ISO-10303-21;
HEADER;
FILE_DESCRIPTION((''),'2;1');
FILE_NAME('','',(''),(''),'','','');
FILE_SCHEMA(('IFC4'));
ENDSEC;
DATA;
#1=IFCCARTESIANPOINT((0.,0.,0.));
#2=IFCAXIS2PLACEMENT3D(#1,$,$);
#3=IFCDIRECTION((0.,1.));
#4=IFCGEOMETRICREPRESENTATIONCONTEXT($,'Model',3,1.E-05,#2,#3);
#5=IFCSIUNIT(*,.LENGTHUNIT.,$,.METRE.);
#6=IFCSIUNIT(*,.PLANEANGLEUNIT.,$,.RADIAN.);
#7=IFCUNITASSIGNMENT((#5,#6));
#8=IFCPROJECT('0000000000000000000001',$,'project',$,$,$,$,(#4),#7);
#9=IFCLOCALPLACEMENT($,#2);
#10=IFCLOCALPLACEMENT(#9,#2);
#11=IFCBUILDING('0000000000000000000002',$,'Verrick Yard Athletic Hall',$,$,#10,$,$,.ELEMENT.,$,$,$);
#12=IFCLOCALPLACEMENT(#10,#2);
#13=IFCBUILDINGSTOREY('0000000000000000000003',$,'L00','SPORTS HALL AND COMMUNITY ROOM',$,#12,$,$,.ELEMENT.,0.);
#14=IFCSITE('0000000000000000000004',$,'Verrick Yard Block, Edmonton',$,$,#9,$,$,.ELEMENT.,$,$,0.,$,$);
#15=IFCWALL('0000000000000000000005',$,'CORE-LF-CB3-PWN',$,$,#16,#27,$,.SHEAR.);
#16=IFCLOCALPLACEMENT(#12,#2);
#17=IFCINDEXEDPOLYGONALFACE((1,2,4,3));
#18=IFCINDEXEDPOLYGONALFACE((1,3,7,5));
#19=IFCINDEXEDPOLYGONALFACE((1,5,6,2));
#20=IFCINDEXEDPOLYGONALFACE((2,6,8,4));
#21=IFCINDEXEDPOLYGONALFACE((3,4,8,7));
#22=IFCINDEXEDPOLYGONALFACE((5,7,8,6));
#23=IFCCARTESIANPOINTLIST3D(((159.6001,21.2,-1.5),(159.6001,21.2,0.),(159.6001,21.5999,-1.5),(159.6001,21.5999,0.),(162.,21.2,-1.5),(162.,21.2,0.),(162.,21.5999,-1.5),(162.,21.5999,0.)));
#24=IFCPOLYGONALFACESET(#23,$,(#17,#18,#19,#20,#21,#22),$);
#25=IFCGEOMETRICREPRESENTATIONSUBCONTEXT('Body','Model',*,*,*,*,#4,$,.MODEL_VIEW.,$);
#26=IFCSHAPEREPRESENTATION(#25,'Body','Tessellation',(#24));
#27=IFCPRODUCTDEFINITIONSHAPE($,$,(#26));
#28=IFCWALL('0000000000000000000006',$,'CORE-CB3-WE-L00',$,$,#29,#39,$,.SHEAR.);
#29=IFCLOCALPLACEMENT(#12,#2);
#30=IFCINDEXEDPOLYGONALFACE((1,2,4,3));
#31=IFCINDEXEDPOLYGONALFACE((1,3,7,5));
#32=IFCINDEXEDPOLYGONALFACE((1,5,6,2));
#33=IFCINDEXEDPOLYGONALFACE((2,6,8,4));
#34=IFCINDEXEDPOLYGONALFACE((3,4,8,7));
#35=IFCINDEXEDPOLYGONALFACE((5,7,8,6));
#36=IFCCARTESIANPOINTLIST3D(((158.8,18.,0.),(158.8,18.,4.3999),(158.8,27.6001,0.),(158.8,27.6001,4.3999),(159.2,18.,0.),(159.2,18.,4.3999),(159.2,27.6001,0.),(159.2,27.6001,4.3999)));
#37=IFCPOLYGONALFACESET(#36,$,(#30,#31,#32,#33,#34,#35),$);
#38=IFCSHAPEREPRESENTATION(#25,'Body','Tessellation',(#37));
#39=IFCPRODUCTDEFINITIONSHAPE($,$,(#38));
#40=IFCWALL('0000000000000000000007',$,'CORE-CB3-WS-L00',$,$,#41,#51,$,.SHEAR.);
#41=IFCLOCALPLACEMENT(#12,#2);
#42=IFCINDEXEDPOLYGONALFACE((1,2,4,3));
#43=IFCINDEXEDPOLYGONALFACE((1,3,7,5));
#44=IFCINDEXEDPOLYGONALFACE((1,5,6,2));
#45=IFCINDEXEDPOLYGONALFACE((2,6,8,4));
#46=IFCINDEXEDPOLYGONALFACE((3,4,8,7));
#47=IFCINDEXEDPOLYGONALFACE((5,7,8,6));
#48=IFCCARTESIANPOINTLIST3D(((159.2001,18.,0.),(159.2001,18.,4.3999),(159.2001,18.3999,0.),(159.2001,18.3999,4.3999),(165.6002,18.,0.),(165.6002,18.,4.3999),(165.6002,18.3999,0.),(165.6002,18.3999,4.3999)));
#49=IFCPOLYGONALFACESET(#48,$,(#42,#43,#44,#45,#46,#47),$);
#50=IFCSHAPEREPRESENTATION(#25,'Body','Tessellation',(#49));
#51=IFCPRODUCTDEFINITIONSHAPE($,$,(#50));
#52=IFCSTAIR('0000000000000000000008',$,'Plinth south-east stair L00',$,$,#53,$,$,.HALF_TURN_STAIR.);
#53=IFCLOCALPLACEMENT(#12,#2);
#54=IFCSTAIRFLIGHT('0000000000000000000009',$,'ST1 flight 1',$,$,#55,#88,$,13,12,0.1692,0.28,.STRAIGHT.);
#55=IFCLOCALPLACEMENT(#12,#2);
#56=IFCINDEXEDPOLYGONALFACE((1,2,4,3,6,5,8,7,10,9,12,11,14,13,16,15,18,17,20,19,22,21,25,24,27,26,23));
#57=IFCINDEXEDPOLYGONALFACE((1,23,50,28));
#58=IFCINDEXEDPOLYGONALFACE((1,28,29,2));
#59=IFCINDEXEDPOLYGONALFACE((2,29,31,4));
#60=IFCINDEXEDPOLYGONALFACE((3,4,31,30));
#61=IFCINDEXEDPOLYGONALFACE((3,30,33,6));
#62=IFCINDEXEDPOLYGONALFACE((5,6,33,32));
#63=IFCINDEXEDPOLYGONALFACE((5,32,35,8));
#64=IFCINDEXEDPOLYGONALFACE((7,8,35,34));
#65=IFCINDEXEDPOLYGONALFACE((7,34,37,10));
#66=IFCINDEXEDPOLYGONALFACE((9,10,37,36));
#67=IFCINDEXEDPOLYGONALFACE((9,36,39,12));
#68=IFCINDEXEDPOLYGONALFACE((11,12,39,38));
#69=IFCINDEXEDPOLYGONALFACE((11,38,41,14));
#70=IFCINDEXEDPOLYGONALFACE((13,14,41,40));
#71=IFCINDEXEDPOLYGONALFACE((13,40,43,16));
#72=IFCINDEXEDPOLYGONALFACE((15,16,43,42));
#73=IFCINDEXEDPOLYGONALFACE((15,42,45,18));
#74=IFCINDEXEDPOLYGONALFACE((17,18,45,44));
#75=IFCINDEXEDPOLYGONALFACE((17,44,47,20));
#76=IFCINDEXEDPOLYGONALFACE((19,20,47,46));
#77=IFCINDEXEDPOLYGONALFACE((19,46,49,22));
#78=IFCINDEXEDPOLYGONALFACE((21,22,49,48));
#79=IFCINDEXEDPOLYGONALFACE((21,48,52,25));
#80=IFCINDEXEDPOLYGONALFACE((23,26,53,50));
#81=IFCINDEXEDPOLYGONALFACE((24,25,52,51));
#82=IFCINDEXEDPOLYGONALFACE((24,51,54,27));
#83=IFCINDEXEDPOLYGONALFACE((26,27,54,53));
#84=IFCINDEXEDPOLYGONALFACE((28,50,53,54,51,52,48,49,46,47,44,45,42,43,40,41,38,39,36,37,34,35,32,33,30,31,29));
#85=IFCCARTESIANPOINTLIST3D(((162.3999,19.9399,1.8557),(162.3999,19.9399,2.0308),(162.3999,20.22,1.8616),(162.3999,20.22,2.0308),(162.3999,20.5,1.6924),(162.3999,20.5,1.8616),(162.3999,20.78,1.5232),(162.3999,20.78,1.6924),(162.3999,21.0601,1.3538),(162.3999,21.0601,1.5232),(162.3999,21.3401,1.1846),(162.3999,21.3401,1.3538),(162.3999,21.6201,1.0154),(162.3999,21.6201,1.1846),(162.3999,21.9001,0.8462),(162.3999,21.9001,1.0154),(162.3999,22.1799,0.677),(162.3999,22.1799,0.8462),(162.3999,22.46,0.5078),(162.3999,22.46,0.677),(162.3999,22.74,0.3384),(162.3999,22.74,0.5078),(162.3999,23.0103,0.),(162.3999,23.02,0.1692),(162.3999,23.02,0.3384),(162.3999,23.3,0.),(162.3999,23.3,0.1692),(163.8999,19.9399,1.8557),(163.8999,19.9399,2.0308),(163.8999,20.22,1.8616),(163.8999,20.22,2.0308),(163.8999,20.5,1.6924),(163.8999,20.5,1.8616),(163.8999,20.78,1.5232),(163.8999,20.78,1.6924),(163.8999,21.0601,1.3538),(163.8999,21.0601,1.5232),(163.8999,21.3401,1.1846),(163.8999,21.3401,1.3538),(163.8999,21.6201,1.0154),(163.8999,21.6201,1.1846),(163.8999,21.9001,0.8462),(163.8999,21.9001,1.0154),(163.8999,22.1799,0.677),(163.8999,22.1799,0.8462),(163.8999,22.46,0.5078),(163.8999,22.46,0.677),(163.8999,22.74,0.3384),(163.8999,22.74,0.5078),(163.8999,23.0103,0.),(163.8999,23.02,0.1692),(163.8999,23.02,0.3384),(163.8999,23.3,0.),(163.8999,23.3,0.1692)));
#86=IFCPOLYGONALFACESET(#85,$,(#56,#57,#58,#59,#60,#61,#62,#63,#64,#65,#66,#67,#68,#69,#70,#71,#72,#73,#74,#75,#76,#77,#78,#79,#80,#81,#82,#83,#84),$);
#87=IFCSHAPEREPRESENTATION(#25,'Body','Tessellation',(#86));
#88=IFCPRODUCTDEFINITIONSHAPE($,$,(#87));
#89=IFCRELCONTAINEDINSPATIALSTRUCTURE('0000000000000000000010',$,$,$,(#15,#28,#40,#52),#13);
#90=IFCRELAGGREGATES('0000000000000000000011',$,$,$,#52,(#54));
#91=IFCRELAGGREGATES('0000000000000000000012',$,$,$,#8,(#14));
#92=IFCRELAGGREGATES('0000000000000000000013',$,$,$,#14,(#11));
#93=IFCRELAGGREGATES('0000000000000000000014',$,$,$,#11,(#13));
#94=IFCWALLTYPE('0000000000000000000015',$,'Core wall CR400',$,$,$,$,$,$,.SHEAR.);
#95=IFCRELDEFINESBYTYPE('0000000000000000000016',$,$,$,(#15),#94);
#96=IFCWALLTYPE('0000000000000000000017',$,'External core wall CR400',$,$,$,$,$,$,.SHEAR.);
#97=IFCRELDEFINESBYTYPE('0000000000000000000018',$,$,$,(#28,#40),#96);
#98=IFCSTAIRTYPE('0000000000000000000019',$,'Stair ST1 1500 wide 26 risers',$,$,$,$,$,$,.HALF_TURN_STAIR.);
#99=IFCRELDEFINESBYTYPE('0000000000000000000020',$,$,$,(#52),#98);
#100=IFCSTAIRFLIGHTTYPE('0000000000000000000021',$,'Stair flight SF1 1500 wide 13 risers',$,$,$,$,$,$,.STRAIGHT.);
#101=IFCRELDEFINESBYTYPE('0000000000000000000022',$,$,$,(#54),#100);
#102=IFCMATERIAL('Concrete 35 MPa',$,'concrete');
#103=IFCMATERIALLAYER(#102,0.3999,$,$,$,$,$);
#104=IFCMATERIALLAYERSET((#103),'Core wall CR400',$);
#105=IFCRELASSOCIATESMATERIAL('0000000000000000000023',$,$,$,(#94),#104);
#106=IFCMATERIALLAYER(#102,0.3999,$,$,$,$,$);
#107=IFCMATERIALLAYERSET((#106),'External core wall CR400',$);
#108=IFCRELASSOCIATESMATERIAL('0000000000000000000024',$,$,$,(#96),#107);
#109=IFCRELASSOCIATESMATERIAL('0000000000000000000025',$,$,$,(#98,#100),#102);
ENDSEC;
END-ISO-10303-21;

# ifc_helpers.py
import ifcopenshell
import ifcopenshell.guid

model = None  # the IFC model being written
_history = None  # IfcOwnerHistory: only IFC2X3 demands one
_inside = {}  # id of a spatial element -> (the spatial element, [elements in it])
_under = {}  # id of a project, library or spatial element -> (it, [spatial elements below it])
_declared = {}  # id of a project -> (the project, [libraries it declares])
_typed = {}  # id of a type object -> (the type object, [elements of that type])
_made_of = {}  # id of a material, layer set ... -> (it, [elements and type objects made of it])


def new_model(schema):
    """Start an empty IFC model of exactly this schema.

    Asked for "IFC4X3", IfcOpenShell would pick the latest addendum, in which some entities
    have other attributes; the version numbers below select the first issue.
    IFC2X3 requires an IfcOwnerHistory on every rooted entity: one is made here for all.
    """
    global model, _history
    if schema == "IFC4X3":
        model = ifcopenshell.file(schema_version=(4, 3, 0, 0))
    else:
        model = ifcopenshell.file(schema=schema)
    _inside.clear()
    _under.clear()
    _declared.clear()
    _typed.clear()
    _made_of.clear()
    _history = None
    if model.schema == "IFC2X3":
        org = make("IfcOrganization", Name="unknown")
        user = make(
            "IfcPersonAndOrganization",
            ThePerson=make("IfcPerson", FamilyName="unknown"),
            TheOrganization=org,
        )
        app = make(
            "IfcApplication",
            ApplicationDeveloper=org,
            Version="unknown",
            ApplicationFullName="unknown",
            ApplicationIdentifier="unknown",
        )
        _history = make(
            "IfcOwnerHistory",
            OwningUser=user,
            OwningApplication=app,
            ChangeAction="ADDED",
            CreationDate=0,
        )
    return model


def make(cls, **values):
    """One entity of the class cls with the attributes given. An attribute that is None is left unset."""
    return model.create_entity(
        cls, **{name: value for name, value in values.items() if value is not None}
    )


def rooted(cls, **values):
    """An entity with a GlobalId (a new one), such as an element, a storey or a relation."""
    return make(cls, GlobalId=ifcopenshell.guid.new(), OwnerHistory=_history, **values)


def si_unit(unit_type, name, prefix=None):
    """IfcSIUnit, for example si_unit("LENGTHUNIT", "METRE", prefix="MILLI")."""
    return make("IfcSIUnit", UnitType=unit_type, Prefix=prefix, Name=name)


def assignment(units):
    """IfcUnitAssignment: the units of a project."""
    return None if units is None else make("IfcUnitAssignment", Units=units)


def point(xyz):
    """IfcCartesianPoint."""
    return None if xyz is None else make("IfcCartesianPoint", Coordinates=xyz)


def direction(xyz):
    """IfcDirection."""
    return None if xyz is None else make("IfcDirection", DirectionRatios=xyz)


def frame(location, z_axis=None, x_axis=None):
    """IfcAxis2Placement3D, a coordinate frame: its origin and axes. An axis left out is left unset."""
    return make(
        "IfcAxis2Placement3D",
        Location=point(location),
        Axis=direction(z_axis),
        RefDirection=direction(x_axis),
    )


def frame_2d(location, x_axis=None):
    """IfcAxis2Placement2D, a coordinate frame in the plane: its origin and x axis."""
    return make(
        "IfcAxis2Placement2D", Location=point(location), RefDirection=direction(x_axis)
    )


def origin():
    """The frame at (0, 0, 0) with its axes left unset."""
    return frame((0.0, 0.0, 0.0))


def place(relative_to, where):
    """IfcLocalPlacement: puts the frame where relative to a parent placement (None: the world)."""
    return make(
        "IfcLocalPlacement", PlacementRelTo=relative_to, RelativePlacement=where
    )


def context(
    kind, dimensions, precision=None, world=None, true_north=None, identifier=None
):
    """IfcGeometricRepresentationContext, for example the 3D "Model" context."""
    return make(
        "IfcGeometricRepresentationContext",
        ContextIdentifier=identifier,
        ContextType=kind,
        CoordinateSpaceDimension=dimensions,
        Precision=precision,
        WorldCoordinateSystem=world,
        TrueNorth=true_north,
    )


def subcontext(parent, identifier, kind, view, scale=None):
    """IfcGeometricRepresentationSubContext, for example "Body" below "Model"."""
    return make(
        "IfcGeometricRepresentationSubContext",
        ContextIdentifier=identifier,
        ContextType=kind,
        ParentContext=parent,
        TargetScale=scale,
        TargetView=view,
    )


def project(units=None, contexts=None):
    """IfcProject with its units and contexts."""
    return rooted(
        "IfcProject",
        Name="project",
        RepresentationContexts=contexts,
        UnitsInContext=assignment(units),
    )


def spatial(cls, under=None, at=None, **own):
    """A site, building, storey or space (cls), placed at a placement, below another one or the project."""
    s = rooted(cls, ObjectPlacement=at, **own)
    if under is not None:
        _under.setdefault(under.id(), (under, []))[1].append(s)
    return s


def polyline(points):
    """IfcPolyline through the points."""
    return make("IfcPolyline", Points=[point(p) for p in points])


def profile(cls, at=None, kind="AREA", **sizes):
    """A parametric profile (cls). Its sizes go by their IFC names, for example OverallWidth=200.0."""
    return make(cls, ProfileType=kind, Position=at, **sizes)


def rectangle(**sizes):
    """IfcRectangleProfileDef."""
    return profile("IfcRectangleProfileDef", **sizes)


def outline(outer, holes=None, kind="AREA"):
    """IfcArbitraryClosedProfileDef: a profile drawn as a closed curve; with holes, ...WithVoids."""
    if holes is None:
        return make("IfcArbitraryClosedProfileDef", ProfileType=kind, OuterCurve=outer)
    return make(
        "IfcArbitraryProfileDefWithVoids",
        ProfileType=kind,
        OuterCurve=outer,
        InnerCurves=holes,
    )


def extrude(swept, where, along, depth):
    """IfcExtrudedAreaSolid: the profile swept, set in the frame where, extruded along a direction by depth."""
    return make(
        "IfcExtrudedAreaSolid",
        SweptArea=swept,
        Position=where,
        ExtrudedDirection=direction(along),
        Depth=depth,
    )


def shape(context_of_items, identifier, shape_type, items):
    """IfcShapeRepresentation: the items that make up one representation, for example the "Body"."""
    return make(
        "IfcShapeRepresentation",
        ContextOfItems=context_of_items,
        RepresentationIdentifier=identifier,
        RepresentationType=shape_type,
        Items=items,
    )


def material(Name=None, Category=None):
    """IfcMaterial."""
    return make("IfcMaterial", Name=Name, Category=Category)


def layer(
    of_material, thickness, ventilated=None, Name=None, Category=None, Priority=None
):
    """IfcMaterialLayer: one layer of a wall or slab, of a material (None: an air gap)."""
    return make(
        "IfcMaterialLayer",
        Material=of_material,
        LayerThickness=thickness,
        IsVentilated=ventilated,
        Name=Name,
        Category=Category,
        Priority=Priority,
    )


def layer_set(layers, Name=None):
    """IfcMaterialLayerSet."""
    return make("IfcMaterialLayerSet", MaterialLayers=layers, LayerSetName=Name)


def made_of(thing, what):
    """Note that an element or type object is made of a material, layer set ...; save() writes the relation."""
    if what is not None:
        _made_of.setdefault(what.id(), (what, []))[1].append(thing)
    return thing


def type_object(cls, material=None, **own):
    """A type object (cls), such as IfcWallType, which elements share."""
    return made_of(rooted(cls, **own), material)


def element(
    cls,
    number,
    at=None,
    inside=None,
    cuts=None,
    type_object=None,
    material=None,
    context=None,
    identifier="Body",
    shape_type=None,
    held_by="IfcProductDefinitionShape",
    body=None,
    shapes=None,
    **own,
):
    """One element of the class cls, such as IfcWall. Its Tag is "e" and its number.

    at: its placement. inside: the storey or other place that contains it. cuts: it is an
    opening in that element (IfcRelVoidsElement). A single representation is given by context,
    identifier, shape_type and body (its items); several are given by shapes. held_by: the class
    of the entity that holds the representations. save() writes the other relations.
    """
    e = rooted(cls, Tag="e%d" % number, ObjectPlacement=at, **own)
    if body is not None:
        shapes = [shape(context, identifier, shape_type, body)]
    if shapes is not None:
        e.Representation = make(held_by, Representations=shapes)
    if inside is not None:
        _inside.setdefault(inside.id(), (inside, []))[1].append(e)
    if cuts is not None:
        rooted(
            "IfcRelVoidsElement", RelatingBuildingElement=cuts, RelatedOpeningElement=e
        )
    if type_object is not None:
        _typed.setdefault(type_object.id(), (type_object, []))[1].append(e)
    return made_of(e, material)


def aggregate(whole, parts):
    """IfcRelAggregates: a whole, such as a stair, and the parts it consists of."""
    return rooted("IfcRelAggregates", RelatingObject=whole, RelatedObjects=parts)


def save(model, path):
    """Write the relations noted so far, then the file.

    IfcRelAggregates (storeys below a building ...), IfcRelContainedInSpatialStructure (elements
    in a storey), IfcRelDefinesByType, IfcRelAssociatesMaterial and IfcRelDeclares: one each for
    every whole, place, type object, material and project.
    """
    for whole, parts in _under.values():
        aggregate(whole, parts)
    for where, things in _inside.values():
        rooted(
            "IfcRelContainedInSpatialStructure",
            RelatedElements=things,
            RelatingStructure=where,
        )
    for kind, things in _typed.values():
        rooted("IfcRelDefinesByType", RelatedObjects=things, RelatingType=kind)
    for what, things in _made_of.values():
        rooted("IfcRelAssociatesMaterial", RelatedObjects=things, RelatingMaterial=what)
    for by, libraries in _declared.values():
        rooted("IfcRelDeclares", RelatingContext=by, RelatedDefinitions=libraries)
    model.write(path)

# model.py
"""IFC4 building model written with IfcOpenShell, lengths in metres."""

from ifc_helpers import new_model, si_unit, direction, frame, frame_2d, origin, place, context, subcontext, project, spatial, polyline, rectangle, outline, extrude, material, layer, layer_set, type_object, element, aggregate, save


model = new_model("IFC4")

# Units and contexts
model_context = context("Model", 3, precision=1e-05, world=origin(), true_north=direction((0.0, 1.0)))
body_context = subcontext(model_context, "Body", "Model", "MODEL_VIEW")
ifc_project = project(units=[si_unit("LENGTHUNIT", "METRE"), si_unit("PLANEANGLEUNIT", "RADIAN")], contexts=[model_context])

# Site, building, storey
site_placement = place(None, origin())
site = spatial("IfcSite", under=ifc_project, at=site_placement, Name="Verrick Yard Block, Edmonton", CompositionType="ELEMENT", RefElevation=0.0)
building_placement = place(site_placement, origin())
building = spatial("IfcBuilding", under=site, at=building_placement, Name="Verrick Yard Athletic Hall", CompositionType="ELEMENT")
storey_placement = place(building_placement, origin())
storey = spatial("IfcBuildingStorey", under=building, at=storey_placement, Name="L00", Description="SPORTS HALL AND COMMUNITY ROOM", CompositionType="ELEMENT", Elevation=0.0)

# Shared definitions
ifc_material_1 = material(Name="Concrete 35 MPa", Category="concrete")

# Shared definitions
ifc_layer_1 = layer(ifc_material_1, 0.3999)
ifc_layer_set_1 = layer_set([ifc_layer_1], Name="Core wall CR400")
wall_type_1 = type_object("IfcWallType", Name="Core wall CR400", PredefinedType="SHEAR", material=ifc_layer_set_1)

# Walls
for number, where, z_axis, x_axis, name in (
    (1, (159.6001, 21.3999, -1.5), (0.0, 0.0, 1.0), (1.0, 0.0, 0.0), "CORE-LF-CB3-PWN"),
):
    element("IfcWall", number, at=place(storey_placement, frame(where, z_axis=z_axis, x_axis=x_axis)), inside=storey, type_object=wall_type_1, Name=name, PredefinedType="SHEAR", context=body_context, shape_type="SweptSolid", body=[
        extrude(rectangle(XDim=2.3999, YDim=0.3999, at=frame_2d((1.2, 0.0))), origin(), (0.0, 0.0, 1.0), 1.5),
    ])
ifc_layer_2 = layer(ifc_material_1, 0.3999)
ifc_layer_set_2 = layer_set([ifc_layer_2], Name="External core wall CR400")
wall_type_2 = type_object("IfcWallType", Name="External core wall CR400", PredefinedType="SHEAR", material=ifc_layer_set_2)
wall_1_placement = place(storey_placement, frame((159.0, 18.0, 0.0), z_axis=(0.0, 0.0, 1.0), x_axis=(0.0, 1.0, 0.0)))
element("IfcWall", 2, at=wall_1_placement, inside=storey, type_object=wall_type_2, Name="CORE-CB3-WE-L00", PredefinedType="SHEAR", context=body_context, shape_type="SweptSolid", body=[
    extrude(rectangle(XDim=9.6001, YDim=0.3999, at=frame_2d((4.8, 0.0))), origin(), (0.0, 0.0, 1.0), 4.3999),
])
wall_2_placement = place(storey_placement, frame((159.2, 18.2, 0.0), z_axis=(0.0, 0.0, 1.0), x_axis=(1.0, 0.0, 0.0)))
element("IfcWall", 3, at=wall_2_placement, inside=storey, type_object=wall_type_2, Name="CORE-CB3-WS-L00", PredefinedType="SHEAR", context=body_context, shape_type="SweptSolid", body=[
    extrude(rectangle(XDim=6.4001, YDim=0.3999, at=frame_2d((3.2002, 0.0))), origin(), (0.0, 0.0, 1.0), 4.3999),
])

# Stair, stair flight
stair_type = type_object("IfcStairType", Name="Stair ST1 1500 wide 26 risers", PredefinedType="HALF_TURN_STAIR", material=ifc_material_1)
stair_placement = place(storey_placement, origin())
stair = element("IfcStair", 4, at=stair_placement, inside=storey, type_object=stair_type, Name="Plinth south-east stair L00", PredefinedType="HALF_TURN_STAIR")
stair_flight_type = type_object("IfcStairFlightType", Name="Stair flight SF1 1500 wide 13 risers", PredefinedType="STRAIGHT", material=ifc_material_1)
stair_flight_placement = place(storey_placement, frame((163.1499, 23.3, 0.0), z_axis=(0.0, 0.0, 1.0), x_axis=(0.0, -1.0, 0.0)))
stair_flight = element("IfcStairFlight", 5, at=stair_flight_placement, type_object=stair_flight_type, Name="ST1 flight 1", NumberOfRisers=13, NumberOfTreads=12, PredefinedType="STRAIGHT", RiserHeight=0.1692, TreadLength=0.28, context=body_context, shape_type="SweptSolid", body=[
    extrude(outline(polyline([(0.0, 0.0), (0.0, 0.1692), (0.28, 0.1692), (0.28, 0.3384), (0.5601, 0.3384), (0.5601, 0.5078), (0.8401, 0.5078), (0.8401, 0.677), (1.1201, 0.677), (1.1201, 0.8462), (1.3999, 0.8462), (1.3999, 1.0154), (1.6799, 1.0154), (1.6799, 1.1846), (1.96, 1.1846), (1.96, 1.3538), (2.24, 1.3538), (2.24, 1.5232), (2.52, 1.5232), (2.52, 1.6924), (2.8, 1.6924), (2.8, 1.8616), (3.0801, 1.8616), (3.0801, 2.0308), (3.3601, 2.0308), (3.3601, 2.2), (3.3601, 1.8557), (0.2898, 0.0), (0.0, 0.0)])), frame((0.0, 0.75, 0.0), z_axis=(0.0, -1.0, 0.0), x_axis=(1.0, 0.0, 0.0)), (0.0, 0.0, 1.0), 1.5),
])
aggregate(stair, [stair_flight])

save(model, "model.ifc")
